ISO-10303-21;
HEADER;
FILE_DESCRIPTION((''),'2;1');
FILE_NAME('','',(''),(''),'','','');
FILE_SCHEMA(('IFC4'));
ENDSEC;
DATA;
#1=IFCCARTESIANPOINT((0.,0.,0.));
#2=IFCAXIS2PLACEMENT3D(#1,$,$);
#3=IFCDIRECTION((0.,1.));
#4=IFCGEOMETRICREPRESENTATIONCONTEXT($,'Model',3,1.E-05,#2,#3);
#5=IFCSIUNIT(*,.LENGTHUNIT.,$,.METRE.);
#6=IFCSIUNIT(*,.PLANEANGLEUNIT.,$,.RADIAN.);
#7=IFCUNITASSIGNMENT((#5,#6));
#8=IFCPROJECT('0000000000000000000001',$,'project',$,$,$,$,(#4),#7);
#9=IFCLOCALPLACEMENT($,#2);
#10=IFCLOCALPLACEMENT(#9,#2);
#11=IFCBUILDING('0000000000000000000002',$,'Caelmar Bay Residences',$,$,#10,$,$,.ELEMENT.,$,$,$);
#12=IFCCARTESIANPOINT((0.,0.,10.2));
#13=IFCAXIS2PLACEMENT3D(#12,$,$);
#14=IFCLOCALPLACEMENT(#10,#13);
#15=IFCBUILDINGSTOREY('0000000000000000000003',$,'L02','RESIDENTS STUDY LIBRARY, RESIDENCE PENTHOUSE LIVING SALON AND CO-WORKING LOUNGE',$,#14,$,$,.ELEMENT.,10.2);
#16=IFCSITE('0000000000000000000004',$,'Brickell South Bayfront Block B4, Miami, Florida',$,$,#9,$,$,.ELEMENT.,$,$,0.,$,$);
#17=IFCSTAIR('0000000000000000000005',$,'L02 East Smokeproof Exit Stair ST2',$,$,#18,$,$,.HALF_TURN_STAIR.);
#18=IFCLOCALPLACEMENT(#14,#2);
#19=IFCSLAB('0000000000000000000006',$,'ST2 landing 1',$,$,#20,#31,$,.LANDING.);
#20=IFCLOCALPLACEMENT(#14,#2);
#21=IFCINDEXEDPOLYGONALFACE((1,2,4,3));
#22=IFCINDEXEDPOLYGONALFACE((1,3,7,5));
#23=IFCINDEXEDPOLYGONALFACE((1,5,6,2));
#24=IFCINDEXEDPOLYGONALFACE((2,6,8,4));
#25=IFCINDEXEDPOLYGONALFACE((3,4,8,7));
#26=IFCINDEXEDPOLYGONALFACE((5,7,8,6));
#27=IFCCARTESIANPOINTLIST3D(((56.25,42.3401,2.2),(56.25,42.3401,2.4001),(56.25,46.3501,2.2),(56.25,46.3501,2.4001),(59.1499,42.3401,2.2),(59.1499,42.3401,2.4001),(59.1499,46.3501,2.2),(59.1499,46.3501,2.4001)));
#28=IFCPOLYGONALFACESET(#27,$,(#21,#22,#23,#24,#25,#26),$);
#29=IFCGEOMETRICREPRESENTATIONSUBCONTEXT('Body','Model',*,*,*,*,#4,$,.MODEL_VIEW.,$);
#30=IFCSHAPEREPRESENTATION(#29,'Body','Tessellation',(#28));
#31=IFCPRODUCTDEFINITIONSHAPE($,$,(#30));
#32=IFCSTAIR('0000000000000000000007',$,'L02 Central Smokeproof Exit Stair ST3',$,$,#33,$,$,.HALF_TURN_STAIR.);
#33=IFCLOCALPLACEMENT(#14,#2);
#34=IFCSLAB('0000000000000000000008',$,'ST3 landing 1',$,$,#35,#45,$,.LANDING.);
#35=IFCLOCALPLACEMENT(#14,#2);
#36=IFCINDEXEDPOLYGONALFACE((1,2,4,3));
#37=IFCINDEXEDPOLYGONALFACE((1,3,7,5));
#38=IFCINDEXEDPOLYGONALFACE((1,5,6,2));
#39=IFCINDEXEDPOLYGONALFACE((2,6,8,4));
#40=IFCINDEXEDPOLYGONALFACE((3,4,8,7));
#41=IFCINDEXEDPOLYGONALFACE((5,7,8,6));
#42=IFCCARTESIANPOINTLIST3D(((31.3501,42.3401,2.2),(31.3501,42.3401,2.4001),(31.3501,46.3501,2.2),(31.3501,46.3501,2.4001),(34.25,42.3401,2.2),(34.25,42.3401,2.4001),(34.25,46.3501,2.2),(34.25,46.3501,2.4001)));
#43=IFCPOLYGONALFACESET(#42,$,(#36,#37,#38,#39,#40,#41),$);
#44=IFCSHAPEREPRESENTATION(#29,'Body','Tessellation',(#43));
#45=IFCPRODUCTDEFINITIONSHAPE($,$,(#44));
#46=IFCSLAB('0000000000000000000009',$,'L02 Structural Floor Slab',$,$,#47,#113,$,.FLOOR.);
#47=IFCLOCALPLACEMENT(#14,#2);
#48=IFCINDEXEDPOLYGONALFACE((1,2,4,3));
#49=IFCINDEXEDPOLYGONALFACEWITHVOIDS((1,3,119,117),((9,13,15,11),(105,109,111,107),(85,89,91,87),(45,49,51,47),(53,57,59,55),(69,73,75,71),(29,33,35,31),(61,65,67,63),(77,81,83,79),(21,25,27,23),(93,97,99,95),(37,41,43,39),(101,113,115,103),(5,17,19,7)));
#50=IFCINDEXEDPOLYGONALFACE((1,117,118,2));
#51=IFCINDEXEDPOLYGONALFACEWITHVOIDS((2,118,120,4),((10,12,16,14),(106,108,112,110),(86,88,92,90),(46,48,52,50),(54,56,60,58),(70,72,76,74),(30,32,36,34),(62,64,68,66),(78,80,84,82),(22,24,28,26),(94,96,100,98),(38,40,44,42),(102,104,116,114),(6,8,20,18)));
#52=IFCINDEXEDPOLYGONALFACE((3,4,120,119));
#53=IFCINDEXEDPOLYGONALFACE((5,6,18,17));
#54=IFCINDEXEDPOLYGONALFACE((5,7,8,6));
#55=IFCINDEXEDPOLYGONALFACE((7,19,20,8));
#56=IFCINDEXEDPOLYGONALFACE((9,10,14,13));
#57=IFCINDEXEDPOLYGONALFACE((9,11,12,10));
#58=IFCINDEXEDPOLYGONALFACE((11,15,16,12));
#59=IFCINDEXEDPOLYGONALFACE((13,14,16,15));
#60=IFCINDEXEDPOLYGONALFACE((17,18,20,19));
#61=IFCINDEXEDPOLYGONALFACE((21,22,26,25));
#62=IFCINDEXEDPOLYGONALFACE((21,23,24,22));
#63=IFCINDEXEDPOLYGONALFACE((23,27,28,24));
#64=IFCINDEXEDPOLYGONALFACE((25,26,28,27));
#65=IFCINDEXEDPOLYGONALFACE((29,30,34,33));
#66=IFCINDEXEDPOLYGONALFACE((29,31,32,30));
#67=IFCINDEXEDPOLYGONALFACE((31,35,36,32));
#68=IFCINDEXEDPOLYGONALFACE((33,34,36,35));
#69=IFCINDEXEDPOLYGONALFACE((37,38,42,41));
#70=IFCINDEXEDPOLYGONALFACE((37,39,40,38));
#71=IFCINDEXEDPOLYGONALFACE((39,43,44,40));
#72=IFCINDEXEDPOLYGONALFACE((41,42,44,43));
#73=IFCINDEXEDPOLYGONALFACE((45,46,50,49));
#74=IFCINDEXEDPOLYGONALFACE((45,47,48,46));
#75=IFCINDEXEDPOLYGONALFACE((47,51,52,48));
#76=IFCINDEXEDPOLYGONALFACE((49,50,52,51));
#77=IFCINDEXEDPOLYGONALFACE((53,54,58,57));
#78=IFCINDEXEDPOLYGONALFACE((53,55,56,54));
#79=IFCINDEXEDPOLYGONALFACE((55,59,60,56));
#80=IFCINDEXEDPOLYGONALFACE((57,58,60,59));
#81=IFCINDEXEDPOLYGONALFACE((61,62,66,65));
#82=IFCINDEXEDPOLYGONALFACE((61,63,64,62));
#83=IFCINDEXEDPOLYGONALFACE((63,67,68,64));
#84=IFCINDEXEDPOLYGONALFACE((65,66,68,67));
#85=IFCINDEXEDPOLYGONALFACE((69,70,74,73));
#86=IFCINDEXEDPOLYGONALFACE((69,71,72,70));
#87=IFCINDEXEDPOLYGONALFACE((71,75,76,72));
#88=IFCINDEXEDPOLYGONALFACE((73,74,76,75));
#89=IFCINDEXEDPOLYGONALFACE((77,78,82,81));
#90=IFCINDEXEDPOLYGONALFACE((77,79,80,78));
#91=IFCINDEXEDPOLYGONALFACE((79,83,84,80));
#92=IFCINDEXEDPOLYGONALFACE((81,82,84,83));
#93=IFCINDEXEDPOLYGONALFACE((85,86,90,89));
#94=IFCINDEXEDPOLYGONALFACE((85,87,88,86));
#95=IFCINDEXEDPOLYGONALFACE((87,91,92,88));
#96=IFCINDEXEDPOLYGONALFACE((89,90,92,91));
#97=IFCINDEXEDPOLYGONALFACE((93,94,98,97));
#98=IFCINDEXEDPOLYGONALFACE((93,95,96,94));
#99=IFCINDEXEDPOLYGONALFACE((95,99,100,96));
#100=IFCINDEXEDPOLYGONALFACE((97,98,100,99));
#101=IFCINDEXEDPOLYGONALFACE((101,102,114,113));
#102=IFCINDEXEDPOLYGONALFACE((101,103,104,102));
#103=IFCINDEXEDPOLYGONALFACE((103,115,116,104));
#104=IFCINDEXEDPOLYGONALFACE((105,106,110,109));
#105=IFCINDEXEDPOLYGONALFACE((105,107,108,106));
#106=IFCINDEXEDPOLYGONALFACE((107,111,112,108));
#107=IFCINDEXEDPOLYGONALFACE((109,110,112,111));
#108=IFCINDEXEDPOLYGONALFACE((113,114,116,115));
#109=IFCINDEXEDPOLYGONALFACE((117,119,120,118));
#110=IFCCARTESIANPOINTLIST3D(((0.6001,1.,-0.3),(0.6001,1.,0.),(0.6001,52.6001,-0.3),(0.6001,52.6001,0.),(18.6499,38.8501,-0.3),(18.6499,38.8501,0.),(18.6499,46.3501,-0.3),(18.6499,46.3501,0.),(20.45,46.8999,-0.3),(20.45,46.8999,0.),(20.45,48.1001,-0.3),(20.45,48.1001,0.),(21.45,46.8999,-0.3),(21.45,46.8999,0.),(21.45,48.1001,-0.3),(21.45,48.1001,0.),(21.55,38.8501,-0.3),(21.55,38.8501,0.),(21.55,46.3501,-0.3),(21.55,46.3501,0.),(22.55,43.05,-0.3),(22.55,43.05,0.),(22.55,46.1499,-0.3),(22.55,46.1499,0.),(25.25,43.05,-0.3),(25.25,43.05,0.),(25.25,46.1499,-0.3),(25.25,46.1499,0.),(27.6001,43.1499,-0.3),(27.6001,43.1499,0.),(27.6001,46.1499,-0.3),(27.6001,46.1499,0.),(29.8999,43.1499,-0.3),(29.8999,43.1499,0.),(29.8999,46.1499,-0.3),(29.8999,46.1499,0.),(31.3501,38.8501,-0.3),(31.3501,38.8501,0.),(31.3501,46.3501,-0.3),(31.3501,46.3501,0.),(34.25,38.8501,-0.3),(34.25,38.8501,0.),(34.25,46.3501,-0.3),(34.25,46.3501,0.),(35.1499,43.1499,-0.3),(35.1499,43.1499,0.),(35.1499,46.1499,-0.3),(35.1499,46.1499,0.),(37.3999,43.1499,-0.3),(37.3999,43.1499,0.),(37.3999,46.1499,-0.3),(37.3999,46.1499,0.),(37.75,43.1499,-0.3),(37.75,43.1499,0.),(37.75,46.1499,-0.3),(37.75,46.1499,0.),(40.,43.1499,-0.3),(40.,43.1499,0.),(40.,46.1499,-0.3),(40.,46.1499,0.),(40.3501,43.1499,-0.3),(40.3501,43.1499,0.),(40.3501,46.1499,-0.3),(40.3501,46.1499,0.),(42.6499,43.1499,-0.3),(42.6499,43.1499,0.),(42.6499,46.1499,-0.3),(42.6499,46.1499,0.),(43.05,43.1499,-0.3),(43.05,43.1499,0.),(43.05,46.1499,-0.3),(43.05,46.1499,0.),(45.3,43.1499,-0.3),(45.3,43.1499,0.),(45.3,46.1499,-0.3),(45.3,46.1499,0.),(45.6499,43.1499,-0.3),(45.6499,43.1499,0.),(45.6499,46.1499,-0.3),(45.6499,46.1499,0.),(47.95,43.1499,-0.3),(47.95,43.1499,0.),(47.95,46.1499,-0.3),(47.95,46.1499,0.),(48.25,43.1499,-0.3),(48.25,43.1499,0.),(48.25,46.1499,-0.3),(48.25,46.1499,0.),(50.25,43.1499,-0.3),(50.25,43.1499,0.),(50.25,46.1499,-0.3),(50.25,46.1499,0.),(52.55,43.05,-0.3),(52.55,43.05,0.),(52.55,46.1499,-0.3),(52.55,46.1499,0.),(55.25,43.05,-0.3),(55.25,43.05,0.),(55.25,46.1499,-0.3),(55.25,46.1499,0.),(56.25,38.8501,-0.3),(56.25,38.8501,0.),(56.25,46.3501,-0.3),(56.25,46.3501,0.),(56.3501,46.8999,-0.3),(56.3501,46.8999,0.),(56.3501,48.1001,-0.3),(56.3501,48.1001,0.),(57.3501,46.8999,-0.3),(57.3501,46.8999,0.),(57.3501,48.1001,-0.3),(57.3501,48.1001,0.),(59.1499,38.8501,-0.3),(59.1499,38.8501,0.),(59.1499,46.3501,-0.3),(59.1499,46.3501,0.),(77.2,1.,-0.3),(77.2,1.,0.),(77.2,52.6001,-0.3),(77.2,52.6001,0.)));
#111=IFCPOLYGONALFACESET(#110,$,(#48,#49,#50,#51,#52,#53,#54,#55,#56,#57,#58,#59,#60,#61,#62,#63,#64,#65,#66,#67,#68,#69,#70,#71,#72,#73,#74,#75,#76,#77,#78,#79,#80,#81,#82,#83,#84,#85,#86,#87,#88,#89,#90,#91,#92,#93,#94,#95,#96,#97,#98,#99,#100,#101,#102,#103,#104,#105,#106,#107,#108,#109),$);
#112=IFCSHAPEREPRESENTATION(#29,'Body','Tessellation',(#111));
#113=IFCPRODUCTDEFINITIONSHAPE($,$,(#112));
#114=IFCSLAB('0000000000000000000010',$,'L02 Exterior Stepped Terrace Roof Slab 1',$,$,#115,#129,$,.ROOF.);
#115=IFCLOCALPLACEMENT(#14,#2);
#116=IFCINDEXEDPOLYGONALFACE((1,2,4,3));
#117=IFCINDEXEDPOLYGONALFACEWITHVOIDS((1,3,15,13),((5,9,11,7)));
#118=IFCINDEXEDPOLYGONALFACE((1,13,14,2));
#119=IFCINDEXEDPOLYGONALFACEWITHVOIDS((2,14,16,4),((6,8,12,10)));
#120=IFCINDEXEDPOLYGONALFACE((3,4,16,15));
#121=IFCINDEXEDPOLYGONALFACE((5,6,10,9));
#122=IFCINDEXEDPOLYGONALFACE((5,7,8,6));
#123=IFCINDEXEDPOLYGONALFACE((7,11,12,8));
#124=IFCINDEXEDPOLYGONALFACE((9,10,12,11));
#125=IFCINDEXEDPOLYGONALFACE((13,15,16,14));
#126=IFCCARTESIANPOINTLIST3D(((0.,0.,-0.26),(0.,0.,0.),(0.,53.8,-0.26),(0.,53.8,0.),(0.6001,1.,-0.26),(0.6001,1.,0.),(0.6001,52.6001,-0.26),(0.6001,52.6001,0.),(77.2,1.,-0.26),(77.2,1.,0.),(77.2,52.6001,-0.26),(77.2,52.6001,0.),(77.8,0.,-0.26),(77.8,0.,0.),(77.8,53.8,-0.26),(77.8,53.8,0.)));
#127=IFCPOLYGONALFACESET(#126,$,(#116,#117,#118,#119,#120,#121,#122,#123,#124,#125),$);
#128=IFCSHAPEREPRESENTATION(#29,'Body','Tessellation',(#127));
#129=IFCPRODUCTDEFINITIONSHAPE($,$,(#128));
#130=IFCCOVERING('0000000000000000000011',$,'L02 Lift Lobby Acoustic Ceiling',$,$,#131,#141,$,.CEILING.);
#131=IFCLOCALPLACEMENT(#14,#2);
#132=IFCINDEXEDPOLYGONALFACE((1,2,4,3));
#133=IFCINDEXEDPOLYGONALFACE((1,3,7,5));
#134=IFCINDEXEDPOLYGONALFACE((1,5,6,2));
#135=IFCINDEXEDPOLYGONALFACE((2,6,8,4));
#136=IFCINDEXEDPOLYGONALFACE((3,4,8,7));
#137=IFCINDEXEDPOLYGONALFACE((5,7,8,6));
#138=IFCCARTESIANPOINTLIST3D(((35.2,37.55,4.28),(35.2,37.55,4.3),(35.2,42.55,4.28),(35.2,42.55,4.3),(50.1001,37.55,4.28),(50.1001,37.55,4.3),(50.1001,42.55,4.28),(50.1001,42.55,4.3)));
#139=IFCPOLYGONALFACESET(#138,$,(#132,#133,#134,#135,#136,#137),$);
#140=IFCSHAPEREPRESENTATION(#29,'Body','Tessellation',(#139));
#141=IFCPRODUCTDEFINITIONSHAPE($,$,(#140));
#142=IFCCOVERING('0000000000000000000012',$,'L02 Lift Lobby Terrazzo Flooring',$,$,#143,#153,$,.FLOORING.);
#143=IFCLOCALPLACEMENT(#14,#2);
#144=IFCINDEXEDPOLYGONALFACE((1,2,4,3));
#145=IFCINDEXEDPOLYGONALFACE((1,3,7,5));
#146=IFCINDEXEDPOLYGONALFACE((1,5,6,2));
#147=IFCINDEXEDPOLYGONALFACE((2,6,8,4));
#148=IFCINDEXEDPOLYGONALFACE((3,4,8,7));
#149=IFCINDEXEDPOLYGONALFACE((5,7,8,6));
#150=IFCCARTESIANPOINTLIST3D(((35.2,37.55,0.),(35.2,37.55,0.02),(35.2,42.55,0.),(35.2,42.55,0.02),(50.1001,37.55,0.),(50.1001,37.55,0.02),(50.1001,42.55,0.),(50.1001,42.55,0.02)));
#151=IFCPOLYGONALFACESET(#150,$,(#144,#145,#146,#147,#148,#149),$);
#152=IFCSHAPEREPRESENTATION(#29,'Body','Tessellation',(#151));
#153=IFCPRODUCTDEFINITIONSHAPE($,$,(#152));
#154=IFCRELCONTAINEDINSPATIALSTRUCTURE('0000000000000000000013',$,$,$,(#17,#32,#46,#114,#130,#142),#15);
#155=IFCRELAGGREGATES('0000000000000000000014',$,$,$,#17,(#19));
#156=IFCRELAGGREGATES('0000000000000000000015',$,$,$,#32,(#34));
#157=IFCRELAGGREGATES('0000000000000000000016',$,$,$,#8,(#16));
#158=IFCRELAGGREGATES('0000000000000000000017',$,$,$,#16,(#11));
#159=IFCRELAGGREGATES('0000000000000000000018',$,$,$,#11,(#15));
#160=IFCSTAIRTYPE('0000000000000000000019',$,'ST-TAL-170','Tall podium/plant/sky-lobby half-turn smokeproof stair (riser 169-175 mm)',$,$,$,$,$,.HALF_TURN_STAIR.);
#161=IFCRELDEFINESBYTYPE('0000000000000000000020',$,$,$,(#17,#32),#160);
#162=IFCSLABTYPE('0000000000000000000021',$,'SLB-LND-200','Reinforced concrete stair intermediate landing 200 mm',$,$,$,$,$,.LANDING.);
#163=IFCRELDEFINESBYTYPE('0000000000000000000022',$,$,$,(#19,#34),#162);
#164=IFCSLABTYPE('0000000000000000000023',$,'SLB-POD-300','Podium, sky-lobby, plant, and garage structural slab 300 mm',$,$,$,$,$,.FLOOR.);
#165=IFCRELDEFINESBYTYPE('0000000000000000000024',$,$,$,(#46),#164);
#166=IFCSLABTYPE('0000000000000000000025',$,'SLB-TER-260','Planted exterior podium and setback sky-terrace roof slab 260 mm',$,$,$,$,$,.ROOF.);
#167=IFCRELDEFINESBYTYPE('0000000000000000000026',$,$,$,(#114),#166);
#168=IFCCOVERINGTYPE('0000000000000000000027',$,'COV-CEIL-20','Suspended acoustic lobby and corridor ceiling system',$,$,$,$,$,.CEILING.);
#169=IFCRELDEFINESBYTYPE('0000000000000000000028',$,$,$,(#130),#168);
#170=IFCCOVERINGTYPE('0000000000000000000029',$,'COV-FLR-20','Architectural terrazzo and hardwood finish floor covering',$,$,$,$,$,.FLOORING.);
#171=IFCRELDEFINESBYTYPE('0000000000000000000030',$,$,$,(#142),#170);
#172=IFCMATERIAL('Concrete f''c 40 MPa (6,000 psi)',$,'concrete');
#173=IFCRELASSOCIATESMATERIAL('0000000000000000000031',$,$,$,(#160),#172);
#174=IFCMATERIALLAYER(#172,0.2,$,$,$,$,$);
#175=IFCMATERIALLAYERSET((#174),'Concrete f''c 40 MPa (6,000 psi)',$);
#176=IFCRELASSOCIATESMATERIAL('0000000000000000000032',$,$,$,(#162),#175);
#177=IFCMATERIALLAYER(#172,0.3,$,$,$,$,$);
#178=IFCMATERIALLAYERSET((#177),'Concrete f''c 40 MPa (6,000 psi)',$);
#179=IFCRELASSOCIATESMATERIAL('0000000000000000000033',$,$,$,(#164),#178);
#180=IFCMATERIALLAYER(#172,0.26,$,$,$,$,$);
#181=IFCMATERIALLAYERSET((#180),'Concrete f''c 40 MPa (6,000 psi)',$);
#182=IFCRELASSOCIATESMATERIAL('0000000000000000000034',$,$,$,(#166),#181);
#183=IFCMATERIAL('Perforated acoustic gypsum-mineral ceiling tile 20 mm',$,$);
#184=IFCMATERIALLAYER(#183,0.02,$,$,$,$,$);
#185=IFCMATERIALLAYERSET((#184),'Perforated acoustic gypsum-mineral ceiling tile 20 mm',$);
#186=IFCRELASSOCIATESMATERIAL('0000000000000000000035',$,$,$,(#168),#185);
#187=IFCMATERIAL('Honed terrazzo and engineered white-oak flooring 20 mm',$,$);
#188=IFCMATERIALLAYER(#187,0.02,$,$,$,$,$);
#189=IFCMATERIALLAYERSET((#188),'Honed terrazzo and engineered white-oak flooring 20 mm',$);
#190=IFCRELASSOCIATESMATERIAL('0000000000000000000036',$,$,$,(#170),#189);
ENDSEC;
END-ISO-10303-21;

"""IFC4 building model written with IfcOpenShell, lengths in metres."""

from ifc_helpers import new_model, si_unit, direction, frame, origin, place, context, subcontext, project, spatial, polyline, outline, extrude, material, layer, layer_set, type_object, element, aggregate, save


model = new_model("IFC4")

# Units and contexts
model_context = context("Model", 3, precision=1e-05, world=origin(), true_north=direction((0.0, 1.0)))
body_context = subcontext(model_context, "Body", "Model", "MODEL_VIEW")
ifc_project = project(units=[si_unit("LENGTHUNIT", "METRE"), si_unit("PLANEANGLEUNIT", "RADIAN")], contexts=[model_context])

# Site, building, storey
site_placement = place(None, origin())
site = spatial("IfcSite", under=ifc_project, at=site_placement, Name="Brickell South Bayfront Block B4, Miami, Florida", CompositionType="ELEMENT", RefElevation=0.0)
building_placement = place(site_placement, origin())
building = spatial("IfcBuilding", under=site, at=building_placement, Name="Caelmar Bay Residences", CompositionType="ELEMENT")
storey_placement = place(building_placement, frame((0.0, 0.0, 10.2)))
storey = spatial("IfcBuildingStorey", under=building, at=storey_placement, Name="L02", Description="RESIDENTS STUDY LIBRARY, RESIDENCE PENTHOUSE LIVING SALON AND CO-WORKING LOUNGE", CompositionType="ELEMENT", Elevation=10.2)

# Stairs, slabs
ifc_material_1 = material(Name="Concrete f'c 40 MPa (6,000 psi)", Category="concrete")
stair_type = type_object("IfcStairType", Name="ST-TAL-170", Description="Tall podium/plant/sky-lobby half-turn smokeproof stair (riser 169-175 mm)", PredefinedType="HALF_TURN_STAIR", material=ifc_material_1)
ifc_layer_1 = layer(ifc_material_1, 0.2)
ifc_layer_set_1 = layer_set([ifc_layer_1], Name="Concrete f'c 40 MPa (6,000 psi)")
slab_type_1 = type_object("IfcSlabType", Name="SLB-LND-200", Description="Reinforced concrete stair intermediate landing 200 mm", PredefinedType="LANDING", material=ifc_layer_set_1)
stair_1_placement = place(storey_placement, origin())
stair_1 = element("IfcStair", 1, at=stair_1_placement, inside=storey, type_object=stair_type, Name="L02 East Smokeproof Exit Stair ST2", PredefinedType="HALF_TURN_STAIR")
slab_1_placement = place(storey_placement, frame((0.0, 0.0, 2.2)))
slab_1 = element("IfcSlab", 2, at=slab_1_placement, type_object=slab_type_1, Name="ST2 landing 1", PredefinedType="LANDING", context=body_context, shape_type="SweptSolid", body=[
    extrude(outline(polyline([(59.1499, 42.3401), (59.1499, 46.3501), (56.25, 46.3501), (56.25, 42.3401), (59.1499, 42.3401)])), origin(), (0.0, 0.0, 1.0), 0.2002),
])
aggregate(stair_1, [slab_1])
stair_2_placement = place(storey_placement, origin())
stair_2 = element("IfcStair", 3, at=stair_2_placement, inside=storey, type_object=stair_type, Name="L02 Central Smokeproof Exit Stair ST3", PredefinedType="HALF_TURN_STAIR")
slab_2_placement = place(storey_placement, frame((0.0, 0.0, 2.2)))
slab_2 = element("IfcSlab", 4, at=slab_2_placement, type_object=slab_type_1, Name="ST3 landing 1", PredefinedType="LANDING", context=body_context, shape_type="SweptSolid", body=[
    extrude(outline(polyline([(34.25, 42.3401), (34.25, 46.3501), (31.3501, 46.3501), (31.3501, 42.3401), (34.25, 42.3401)])), origin(), (0.0, 0.0, 1.0), 0.2002),
])
aggregate(stair_2, [slab_2])

# Slabs
ifc_layer_2 = layer(ifc_material_1, 0.3)
ifc_layer_set_2 = layer_set([ifc_layer_2], Name="Concrete f'c 40 MPa (6,000 psi)")
slab_type_2 = type_object("IfcSlabType", Name="SLB-POD-300", Description="Podium, sky-lobby, plant, and garage structural slab 300 mm", PredefinedType="FLOOR", material=ifc_layer_set_2)
slab_3_placement = place(storey_placement, frame((0.0, 0.0, -0.3)))
element("IfcSlab", 5, at=slab_3_placement, inside=storey, type_object=slab_type_2, Name="L02 Structural Floor Slab", PredefinedType="FLOOR", context=body_context, shape_type="SweptSolid", body=[
    extrude(outline(polyline([(0.6001, 1.0), (77.2, 1.0), (77.2, 52.6001), (0.6001, 52.6001), (0.6001, 1.0)]), holes=[polyline([(18.6499, 38.8501), (21.55, 38.8501), (21.55, 46.3501), (18.6499, 46.3501), (18.6499, 38.8501)]), polyline([(56.25, 38.8501), (59.1499, 38.8501), (59.1499, 46.3501), (56.25, 46.3501), (56.25, 38.8501)]), polyline([(31.3501, 38.8501), (34.25, 38.8501), (34.25, 46.3501), (31.3501, 46.3501), (31.3501, 38.8501)]), polyline([(22.55, 43.05), (25.25, 43.05), (25.25, 46.1499), (22.55, 46.1499), (22.55, 43.05)]), polyline([(52.55, 43.05), (55.25, 43.05), (55.25, 46.1499), (52.55, 46.1499), (52.55, 43.05)]), polyline([(35.1499, 43.1499), (37.3999, 43.1499), (37.3999, 46.1499), (35.1499, 46.1499), (35.1499, 43.1499)]), polyline([(37.75, 43.1499), (40.0, 43.1499), (40.0, 46.1499), (37.75, 46.1499), (37.75, 43.1499)]), polyline([(40.3501, 43.1499), (42.6499, 43.1499), (42.6499, 46.1499), (40.3501, 46.1499), (40.3501, 43.1499)]), polyline([(43.05, 43.1499), (45.3, 43.1499), (45.3, 46.1499), (43.05, 46.1499), (43.05, 43.1499)]), polyline([(45.6499, 43.1499), (47.95, 43.1499), (47.95, 46.1499), (45.6499, 46.1499), (45.6499, 43.1499)]), polyline([(48.25, 43.1499), (50.25, 43.1499), (50.25, 46.1499), (48.25, 46.1499), (48.25, 43.1499)]), polyline([(27.6001, 43.1499), (29.8999, 43.1499), (29.8999, 46.1499), (27.6001, 46.1499), (27.6001, 43.1499)]), polyline([(20.45, 46.8999), (21.45, 46.8999), (21.45, 48.1001), (20.45, 48.1001), (20.45, 46.8999)]), polyline([(56.3501, 46.8999), (57.3501, 46.8999), (57.3501, 48.1001), (56.3501, 48.1001), (56.3501, 46.8999)])]), origin(), (0.0, 0.0, 1.0), 0.3),
])
ifc_layer_3 = layer(ifc_material_1, 0.26)
ifc_layer_set_3 = layer_set([ifc_layer_3], Name="Concrete f'c 40 MPa (6,000 psi)")
slab_type_3 = type_object("IfcSlabType", Name="SLB-TER-260", Description="Planted exterior podium and setback sky-terrace roof slab 260 mm", PredefinedType="ROOF", material=ifc_layer_set_3)
slab_4_placement = place(storey_placement, frame((0.0, 0.0, -0.26)))
element("IfcSlab", 6, at=slab_4_placement, inside=storey, type_object=slab_type_3, Name="L02 Exterior Stepped Terrace Roof Slab 1", PredefinedType="ROOF", context=body_context, shape_type="SweptSolid", body=[
    extrude(outline(polyline([(0.0, 0.0), (77.8, 0.0), (77.8, 53.8), (0.0, 53.8), (0.0, 0.0)]), holes=[polyline([(0.6001, 1.0), (0.6001, 52.6001), (77.2, 52.6001), (77.2, 1.0), (0.6001, 1.0)])]), origin(), (0.0, 0.0, 1.0), 0.26),
])

# Coverings
ifc_material_2 = material(Name="Perforated acoustic gypsum-mineral ceiling tile 20 mm")
ifc_layer_4 = layer(ifc_material_2, 0.02)
ifc_layer_set_4 = layer_set([ifc_layer_4], Name="Perforated acoustic gypsum-mineral ceiling tile 20 mm")
covering_type_1 = type_object("IfcCoveringType", Name="COV-CEIL-20", Description="Suspended acoustic lobby and corridor ceiling system", PredefinedType="CEILING", material=ifc_layer_set_4)
covering_1_placement = place(storey_placement, frame((0.0, 0.0, 4.28)))
element("IfcCovering", 7, at=covering_1_placement, inside=storey, type_object=covering_type_1, Name="L02 Lift Lobby Acoustic Ceiling", PredefinedType="CEILING", context=body_context, shape_type="SweptSolid", body=[
    extrude(outline(polyline([(35.2, 37.55), (50.1001, 37.55), (50.1001, 42.55), (35.2, 42.55), (35.2, 37.55)])), origin(), (0.0, 0.0, 1.0), 0.02),
])
ifc_material_3 = material(Name="Honed terrazzo and engineered white-oak flooring 20 mm")
ifc_layer_5 = layer(ifc_material_3, 0.02)
ifc_layer_set_5 = layer_set([ifc_layer_5], Name="Honed terrazzo and engineered white-oak flooring 20 mm")
covering_type_2 = type_object("IfcCoveringType", Name="COV-FLR-20", Description="Architectural terrazzo and hardwood finish floor covering", PredefinedType="FLOORING", material=ifc_layer_set_5)
covering_2_placement = place(storey_placement, origin())
element("IfcCovering", 8, at=covering_2_placement, inside=storey, type_object=covering_type_2, Name="L02 Lift Lobby Terrazzo Flooring", PredefinedType="FLOORING", context=body_context, shape_type="SweptSolid", body=[
    extrude(outline(polyline([(35.2, 37.55), (50.1001, 37.55), (50.1001, 42.55), (35.2, 42.55), (35.2, 37.55)])), origin(), (0.0, 0.0, 1.0), 0.02),
])

save(model, "model.ifc")
